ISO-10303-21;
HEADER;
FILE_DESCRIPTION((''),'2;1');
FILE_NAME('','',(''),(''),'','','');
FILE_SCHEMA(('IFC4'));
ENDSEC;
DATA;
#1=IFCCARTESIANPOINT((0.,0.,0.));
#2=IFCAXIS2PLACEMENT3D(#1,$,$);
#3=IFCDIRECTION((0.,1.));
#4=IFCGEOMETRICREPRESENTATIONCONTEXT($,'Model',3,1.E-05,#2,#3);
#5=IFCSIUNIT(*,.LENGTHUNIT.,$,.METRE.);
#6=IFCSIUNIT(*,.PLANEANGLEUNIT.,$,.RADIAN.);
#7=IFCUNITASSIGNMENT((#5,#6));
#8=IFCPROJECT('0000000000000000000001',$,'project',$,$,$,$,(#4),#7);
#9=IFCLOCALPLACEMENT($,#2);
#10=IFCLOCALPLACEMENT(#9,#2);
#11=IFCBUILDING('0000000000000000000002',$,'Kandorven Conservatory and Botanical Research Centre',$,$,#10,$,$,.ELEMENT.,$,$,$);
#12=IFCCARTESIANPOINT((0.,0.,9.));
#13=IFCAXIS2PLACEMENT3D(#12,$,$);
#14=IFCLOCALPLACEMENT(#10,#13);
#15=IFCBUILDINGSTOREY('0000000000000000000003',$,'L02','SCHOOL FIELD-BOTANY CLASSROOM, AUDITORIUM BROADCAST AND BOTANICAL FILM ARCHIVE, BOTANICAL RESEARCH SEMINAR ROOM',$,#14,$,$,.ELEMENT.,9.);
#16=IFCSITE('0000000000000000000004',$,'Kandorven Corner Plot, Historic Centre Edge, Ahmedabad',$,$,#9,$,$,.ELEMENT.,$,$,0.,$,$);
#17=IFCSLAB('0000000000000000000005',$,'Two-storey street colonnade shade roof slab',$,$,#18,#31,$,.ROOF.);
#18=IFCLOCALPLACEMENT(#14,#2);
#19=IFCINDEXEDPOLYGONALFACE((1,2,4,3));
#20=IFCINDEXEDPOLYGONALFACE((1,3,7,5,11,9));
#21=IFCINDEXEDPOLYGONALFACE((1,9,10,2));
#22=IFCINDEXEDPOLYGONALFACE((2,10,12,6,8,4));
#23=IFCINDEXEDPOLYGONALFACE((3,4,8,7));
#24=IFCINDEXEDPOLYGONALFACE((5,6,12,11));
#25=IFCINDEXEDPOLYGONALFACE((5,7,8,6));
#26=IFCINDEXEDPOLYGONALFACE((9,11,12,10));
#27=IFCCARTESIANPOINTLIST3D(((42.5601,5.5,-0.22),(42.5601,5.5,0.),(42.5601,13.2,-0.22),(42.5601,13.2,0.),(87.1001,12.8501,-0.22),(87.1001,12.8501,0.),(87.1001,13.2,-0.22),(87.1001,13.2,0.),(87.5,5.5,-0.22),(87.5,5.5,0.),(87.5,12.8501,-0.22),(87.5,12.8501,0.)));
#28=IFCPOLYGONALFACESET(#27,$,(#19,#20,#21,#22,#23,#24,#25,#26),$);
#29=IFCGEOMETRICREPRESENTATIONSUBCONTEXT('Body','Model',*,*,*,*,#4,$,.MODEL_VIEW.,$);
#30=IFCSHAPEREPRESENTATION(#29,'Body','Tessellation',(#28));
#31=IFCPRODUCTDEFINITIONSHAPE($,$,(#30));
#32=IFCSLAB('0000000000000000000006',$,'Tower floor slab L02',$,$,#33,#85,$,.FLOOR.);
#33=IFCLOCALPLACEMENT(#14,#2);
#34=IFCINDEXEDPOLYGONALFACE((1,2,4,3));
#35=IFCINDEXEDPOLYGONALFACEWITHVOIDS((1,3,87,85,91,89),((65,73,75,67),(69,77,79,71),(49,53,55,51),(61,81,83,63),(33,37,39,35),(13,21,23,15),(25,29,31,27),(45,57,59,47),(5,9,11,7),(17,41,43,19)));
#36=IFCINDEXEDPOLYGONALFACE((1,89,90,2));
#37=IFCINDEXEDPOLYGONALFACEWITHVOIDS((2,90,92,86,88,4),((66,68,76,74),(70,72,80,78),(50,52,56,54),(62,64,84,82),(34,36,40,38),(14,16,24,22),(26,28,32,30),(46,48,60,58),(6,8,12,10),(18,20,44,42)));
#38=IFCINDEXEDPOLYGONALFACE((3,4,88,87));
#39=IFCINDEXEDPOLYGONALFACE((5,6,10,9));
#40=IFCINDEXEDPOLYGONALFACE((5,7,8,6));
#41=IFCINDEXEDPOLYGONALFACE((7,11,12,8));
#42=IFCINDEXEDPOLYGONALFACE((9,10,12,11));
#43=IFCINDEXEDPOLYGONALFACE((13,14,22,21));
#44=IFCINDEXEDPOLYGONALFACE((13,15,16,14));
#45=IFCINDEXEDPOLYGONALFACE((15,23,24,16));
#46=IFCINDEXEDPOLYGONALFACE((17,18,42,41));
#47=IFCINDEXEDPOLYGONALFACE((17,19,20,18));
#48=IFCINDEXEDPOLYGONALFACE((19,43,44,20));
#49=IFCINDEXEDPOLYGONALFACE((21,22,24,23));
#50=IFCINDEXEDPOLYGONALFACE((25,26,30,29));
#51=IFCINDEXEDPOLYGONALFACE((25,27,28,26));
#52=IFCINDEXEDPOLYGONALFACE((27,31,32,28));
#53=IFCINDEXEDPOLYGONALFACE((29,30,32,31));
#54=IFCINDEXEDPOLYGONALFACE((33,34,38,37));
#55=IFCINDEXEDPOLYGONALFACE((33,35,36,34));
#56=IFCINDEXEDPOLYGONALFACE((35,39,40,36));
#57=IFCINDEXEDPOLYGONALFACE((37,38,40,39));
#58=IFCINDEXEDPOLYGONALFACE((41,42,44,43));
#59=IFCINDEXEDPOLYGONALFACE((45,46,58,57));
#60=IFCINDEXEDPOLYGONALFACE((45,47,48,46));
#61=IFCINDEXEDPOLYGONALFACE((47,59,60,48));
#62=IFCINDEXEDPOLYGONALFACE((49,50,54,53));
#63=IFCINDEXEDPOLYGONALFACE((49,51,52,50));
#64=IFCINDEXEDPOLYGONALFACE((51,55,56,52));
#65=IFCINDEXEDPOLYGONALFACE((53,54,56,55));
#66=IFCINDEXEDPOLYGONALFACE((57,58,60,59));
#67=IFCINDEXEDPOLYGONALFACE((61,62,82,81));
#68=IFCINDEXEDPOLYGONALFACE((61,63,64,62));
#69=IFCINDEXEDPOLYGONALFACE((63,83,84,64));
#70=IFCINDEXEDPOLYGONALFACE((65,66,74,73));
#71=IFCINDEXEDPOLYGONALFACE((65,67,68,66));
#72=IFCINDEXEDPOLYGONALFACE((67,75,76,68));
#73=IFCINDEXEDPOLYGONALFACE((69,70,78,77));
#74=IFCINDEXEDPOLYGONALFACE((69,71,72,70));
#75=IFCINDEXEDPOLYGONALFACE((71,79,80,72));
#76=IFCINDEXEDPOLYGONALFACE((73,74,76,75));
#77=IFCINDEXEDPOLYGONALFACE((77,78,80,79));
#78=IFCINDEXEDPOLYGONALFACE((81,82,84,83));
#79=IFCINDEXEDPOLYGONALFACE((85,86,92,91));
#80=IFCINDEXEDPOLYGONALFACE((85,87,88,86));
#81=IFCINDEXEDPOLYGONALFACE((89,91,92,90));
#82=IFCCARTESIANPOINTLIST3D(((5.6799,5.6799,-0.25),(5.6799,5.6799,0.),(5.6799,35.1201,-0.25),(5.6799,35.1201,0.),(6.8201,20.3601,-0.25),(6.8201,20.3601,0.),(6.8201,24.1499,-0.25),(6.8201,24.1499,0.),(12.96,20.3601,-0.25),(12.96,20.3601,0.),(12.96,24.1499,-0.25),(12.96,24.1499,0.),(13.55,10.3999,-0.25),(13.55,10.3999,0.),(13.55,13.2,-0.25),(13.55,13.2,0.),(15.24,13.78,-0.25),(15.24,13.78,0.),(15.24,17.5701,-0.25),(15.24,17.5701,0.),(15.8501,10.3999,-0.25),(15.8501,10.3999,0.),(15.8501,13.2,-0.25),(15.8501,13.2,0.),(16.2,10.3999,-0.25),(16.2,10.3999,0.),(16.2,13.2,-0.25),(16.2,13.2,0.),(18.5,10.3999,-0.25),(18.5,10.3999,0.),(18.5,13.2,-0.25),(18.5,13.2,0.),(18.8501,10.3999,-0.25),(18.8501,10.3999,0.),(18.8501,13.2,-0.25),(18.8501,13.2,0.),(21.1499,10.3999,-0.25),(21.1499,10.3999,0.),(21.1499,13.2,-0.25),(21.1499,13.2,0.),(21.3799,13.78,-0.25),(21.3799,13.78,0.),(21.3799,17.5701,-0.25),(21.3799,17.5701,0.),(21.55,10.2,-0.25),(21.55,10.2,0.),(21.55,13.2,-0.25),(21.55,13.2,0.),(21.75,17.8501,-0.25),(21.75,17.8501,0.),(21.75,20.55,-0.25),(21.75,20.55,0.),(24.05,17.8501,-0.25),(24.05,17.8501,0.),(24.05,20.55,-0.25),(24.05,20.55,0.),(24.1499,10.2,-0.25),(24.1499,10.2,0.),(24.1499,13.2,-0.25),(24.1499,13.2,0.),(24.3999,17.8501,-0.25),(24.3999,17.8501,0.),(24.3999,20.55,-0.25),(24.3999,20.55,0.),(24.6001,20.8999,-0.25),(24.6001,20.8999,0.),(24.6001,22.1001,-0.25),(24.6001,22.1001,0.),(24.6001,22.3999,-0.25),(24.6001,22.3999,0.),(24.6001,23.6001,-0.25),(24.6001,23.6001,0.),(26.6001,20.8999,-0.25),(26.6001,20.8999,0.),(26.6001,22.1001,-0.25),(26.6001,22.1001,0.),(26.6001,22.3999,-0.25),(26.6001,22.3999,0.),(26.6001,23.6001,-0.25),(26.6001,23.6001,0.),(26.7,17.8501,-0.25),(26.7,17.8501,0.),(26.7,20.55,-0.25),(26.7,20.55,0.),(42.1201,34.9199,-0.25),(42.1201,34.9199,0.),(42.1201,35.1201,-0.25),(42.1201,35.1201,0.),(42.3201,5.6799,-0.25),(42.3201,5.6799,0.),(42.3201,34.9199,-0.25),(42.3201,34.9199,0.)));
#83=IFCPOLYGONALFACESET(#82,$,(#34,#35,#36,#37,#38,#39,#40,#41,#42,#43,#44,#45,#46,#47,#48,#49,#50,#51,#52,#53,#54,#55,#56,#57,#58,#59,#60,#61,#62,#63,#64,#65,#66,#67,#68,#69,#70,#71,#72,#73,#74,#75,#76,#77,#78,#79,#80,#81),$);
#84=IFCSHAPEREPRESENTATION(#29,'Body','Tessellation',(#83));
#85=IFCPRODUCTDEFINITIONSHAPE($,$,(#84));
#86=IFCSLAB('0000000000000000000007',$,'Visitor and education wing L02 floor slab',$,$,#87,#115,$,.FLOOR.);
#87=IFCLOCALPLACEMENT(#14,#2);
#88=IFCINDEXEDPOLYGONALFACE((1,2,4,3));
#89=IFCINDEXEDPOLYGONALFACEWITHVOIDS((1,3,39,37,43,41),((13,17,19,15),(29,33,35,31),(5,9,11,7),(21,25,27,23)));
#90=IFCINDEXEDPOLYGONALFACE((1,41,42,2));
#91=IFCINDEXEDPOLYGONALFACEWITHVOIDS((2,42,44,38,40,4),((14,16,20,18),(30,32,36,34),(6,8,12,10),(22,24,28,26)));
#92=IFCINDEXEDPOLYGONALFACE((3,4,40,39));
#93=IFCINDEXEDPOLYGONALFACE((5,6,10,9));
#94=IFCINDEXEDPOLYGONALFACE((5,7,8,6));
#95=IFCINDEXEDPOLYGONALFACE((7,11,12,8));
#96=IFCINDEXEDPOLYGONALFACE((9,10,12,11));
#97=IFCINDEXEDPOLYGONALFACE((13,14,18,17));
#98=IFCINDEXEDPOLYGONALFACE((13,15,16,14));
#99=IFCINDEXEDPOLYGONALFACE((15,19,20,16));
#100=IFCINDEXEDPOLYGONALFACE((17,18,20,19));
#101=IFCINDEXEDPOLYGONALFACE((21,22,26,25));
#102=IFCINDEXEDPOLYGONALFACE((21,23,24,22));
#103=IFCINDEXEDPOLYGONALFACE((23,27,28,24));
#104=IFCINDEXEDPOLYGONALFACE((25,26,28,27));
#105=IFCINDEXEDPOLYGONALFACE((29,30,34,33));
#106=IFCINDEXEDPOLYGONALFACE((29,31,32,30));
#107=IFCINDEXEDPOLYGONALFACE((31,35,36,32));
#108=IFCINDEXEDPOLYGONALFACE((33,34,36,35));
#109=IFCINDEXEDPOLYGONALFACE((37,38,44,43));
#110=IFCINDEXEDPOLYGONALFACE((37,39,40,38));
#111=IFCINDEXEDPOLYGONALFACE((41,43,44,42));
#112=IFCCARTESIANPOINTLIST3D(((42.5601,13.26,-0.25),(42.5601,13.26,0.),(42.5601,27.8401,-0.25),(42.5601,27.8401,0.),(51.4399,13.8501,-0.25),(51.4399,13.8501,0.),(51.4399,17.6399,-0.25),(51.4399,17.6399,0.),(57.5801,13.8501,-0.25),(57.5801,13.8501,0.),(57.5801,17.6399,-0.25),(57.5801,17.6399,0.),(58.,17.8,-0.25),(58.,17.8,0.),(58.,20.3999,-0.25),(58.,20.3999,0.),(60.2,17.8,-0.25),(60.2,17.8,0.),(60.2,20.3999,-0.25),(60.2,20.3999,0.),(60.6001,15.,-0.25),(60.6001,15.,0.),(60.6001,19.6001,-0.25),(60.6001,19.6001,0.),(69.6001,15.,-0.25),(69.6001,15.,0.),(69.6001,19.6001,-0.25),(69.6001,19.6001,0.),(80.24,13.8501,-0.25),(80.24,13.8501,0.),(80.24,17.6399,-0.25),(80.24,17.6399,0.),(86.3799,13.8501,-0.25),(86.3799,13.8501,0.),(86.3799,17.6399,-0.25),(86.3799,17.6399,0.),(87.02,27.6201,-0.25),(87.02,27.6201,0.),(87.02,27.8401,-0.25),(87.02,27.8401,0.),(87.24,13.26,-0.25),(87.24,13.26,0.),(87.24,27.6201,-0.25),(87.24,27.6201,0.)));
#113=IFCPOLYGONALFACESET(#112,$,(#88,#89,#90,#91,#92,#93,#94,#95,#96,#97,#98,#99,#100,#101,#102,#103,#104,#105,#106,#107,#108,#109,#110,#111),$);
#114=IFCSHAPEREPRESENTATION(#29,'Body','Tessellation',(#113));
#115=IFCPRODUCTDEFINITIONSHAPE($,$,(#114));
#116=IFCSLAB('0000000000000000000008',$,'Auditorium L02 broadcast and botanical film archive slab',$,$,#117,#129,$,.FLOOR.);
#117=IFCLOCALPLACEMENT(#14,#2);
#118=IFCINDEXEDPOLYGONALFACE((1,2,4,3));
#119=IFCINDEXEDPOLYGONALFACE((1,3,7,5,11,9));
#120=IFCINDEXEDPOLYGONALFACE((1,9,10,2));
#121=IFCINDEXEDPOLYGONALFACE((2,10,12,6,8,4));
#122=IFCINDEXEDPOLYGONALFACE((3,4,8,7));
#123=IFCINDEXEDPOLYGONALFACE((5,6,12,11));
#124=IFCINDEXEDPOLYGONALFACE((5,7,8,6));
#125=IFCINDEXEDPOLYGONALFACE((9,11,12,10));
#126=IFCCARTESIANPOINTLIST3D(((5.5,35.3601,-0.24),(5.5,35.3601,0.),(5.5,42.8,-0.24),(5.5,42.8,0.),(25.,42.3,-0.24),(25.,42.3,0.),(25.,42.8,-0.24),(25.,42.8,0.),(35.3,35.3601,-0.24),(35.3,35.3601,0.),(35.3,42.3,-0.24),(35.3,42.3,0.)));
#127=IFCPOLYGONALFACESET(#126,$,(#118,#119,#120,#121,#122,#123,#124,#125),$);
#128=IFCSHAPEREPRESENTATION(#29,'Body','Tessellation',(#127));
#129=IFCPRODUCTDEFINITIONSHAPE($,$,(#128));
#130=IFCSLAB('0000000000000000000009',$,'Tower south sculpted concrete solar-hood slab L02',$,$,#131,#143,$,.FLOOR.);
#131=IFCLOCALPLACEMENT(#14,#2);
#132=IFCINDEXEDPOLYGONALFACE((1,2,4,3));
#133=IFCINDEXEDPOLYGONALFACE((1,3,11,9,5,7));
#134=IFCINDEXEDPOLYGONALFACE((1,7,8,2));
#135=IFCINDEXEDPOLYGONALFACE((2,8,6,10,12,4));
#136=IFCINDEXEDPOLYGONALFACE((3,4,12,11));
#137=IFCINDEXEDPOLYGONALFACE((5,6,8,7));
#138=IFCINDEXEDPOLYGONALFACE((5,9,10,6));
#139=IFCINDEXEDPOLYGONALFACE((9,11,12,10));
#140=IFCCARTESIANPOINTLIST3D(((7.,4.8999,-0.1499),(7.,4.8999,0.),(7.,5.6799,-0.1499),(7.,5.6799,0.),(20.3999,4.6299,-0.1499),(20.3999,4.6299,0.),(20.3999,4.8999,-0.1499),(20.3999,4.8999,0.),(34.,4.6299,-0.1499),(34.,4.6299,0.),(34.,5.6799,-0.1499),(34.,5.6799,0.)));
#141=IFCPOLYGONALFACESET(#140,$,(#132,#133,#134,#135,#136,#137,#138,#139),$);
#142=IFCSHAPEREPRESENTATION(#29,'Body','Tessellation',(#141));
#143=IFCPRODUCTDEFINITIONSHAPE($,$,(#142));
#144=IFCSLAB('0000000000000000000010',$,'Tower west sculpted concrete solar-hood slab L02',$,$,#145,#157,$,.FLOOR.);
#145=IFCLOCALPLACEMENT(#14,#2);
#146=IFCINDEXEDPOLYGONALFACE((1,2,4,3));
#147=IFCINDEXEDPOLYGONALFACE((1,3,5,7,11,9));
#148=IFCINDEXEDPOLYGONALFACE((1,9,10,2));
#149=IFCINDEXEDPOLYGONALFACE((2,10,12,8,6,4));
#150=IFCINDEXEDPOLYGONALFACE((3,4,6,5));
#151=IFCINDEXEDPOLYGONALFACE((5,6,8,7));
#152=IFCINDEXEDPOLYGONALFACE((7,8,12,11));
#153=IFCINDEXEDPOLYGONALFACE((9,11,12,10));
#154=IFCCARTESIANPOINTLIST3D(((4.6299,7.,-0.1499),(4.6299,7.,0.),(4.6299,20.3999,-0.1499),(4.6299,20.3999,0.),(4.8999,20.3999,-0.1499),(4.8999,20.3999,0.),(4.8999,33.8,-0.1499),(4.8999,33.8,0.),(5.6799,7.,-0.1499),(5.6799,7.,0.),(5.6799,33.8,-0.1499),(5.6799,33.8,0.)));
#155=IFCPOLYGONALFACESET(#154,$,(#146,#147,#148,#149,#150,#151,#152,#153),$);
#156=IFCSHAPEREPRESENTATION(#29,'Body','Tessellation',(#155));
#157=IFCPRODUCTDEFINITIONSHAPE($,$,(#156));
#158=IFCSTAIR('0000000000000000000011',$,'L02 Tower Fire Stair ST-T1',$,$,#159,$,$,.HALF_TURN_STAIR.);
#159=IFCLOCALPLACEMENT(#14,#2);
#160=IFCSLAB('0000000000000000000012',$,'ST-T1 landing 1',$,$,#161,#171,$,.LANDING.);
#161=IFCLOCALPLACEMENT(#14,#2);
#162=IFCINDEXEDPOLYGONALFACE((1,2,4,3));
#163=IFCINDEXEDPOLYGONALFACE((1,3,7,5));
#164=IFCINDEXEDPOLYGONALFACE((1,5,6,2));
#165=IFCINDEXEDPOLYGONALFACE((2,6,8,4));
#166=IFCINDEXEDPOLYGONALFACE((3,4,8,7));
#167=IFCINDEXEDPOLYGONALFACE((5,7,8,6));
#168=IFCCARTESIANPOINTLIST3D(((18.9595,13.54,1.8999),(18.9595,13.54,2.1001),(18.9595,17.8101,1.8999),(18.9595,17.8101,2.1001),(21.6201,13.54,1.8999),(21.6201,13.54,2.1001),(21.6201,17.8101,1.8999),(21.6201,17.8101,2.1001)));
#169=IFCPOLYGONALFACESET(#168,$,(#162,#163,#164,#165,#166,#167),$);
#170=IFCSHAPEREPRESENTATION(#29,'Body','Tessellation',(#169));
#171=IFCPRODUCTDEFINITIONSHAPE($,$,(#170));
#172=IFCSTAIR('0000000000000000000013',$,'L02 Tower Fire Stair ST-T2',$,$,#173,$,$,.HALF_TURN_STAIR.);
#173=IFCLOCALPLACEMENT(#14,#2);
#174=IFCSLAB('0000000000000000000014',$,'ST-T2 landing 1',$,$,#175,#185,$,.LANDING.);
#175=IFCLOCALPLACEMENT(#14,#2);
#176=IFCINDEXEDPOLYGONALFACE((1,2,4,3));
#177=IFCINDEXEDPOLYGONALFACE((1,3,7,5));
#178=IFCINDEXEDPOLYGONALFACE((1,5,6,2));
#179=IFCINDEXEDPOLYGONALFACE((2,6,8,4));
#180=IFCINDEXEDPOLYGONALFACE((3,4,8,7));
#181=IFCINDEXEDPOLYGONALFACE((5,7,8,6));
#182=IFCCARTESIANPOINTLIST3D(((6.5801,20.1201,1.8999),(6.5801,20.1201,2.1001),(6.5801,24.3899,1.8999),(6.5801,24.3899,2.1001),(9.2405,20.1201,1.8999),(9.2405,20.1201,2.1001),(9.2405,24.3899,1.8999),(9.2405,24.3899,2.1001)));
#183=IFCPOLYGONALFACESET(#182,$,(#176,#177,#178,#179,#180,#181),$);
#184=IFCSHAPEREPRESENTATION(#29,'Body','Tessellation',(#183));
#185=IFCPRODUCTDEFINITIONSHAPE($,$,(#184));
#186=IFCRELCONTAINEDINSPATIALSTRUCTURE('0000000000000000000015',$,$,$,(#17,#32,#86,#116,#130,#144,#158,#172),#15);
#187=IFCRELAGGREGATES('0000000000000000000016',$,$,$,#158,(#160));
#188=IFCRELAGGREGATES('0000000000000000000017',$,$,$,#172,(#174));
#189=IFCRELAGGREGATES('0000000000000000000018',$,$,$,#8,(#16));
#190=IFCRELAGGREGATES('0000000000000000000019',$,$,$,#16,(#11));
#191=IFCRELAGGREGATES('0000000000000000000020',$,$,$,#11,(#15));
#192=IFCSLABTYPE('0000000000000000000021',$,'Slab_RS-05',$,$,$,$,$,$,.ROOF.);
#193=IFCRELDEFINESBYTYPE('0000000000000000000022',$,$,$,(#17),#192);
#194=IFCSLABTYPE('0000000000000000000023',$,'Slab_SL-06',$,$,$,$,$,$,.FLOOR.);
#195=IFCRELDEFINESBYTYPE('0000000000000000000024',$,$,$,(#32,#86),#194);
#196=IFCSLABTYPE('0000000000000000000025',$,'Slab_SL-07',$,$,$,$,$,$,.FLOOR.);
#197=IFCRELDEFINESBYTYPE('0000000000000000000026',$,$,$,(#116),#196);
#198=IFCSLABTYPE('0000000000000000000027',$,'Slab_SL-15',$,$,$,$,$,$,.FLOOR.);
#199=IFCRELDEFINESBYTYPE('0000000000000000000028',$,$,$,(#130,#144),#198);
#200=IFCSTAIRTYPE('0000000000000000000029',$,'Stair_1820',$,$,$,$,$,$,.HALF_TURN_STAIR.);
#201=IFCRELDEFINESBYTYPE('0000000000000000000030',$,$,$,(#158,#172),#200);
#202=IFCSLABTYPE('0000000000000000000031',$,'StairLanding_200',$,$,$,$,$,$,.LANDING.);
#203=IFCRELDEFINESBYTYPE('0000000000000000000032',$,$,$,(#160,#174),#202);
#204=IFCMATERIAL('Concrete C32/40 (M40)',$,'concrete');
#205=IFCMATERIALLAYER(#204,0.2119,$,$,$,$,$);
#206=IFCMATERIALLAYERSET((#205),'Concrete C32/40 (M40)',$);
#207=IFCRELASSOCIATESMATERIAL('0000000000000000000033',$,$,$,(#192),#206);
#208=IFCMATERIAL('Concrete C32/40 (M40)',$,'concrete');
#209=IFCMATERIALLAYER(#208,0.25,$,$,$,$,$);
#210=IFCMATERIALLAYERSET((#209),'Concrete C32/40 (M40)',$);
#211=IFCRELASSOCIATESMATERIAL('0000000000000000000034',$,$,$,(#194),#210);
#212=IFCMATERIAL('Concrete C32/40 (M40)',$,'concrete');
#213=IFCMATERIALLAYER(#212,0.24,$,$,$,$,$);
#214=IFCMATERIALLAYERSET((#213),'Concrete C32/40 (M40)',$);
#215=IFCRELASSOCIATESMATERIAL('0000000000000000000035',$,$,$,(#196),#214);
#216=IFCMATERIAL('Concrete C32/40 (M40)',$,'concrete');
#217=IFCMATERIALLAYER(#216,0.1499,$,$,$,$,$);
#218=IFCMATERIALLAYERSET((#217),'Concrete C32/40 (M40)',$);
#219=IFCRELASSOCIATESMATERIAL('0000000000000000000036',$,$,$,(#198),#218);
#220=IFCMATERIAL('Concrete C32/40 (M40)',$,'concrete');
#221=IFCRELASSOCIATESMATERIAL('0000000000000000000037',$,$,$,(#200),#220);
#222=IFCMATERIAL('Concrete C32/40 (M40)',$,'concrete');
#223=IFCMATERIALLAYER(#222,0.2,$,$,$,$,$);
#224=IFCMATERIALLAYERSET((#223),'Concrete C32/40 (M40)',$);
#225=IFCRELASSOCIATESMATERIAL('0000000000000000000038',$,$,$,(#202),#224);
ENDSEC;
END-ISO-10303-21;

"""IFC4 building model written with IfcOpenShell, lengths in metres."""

from ifc_helpers import new_model, si_unit, direction, frame, origin, place, context, subcontext, project, spatial, polyline, outline, extrude, material, layer, layer_set, type_object, element, aggregate, save


model = new_model("IFC4")

# Units and contexts
model_context = context("Model", 3, precision=1e-05, world=origin(), true_north=direction((0.0, 1.0)))
body_context = subcontext(model_context, "Body", "Model", "MODEL_VIEW")
ifc_project = project(units=[si_unit("LENGTHUNIT", "METRE"), si_unit("PLANEANGLEUNIT", "RADIAN")], contexts=[model_context])

# Site, building, storey
site_placement = place(None, origin())
site = spatial("IfcSite", under=ifc_project, at=site_placement, Name="Kandorven Corner Plot, Historic Centre Edge, Ahmedabad", CompositionType="ELEMENT", RefElevation=0.0)
building_placement = place(site_placement, origin())
building = spatial("IfcBuilding", under=site, at=building_placement, Name="Kandorven Conservatory and Botanical Research Centre", CompositionType="ELEMENT")
storey_placement = place(building_placement, frame((0.0, 0.0, 9.0)))
storey = spatial("IfcBuildingStorey", under=building, at=storey_placement, Name="L02", Description="SCHOOL FIELD-BOTANY CLASSROOM, AUDITORIUM BROADCAST AND BOTANICAL FILM ARCHIVE, BOTANICAL RESEARCH SEMINAR ROOM", CompositionType="ELEMENT", Elevation=9.0)

# Slabs
ifc_material_1 = material(Name="Concrete C32/40 (M40)", Category="concrete")
ifc_layer_1 = layer(ifc_material_1, 0.2119)
ifc_layer_set_1 = layer_set([ifc_layer_1], Name="Concrete C32/40 (M40)")
slab_type_1 = type_object("IfcSlabType", Name="Slab_RS-05", PredefinedType="ROOF", material=ifc_layer_set_1)
slab_1_placement = place(storey_placement, frame((0.0, 0.0, -0.22)))
element("IfcSlab", 1, at=slab_1_placement, inside=storey, type_object=slab_type_1, Name="Two-storey street colonnade shade roof slab", PredefinedType="ROOF", context=body_context, shape_type="SweptSolid", body=[
    extrude(outline(polyline([(42.5601, 5.5), (87.5, 5.5), (87.5, 12.8501), (87.1001, 12.8501), (87.1001, 13.2), (42.5601, 13.2), (42.5601, 5.5)])), origin(), (0.0, 0.0, 1.0), 0.22),
])
ifc_material_2 = material(Name="Concrete C32/40 (M40)", Category="concrete")
ifc_layer_2 = layer(ifc_material_2, 0.25)
ifc_layer_set_2 = layer_set([ifc_layer_2], Name="Concrete C32/40 (M40)")
slab_type_2 = type_object("IfcSlabType", Name="Slab_SL-06", PredefinedType="FLOOR", material=ifc_layer_set_2)
slab_2_placement = place(storey_placement, frame((0.0, 0.0, -0.25)))
element("IfcSlab", 2, at=slab_2_placement, inside=storey, type_object=slab_type_2, Name="Tower floor slab L02", PredefinedType="FLOOR", context=body_context, shape_type="SweptSolid", body=[
    extrude(outline(polyline([(5.6799, 5.6799), (42.3201, 5.6799), (42.3201, 34.9199), (42.1201, 34.9199), (42.1201, 35.1201), (5.6799, 35.1201), (5.6799, 5.6799)]), holes=[polyline([(15.24, 13.78), (21.3799, 13.78), (21.3799, 17.5701), (15.24, 17.5701), (15.24, 13.78)]), polyline([(12.96, 24.1499), (6.8201, 24.1499), (6.8201, 20.3601), (12.96, 20.3601), (12.96, 24.1499)]), polyline([(21.75, 17.8501), (24.05, 17.8501), (24.05, 20.55), (21.75, 20.55), (21.75, 17.8501)]), polyline([(24.3999, 17.8501), (26.7, 17.8501), (26.7, 20.55), (24.3999, 20.55), (24.3999, 17.8501)]), polyline([(13.55, 10.3999), (15.8501, 10.3999), (15.8501, 13.2), (13.55, 13.2), (13.55, 10.3999)]), polyline([(16.2, 10.3999), (18.5, 10.3999), (18.5, 13.2), (16.2, 13.2), (16.2, 10.3999)]), polyline([(18.8501, 10.3999), (21.1499, 10.3999), (21.1499, 13.2), (18.8501, 13.2), (18.8501, 10.3999)]), polyline([(21.55, 10.2), (24.1499, 10.2), (24.1499, 13.2), (21.55, 13.2), (21.55, 10.2)]), polyline([(24.6001, 20.8999), (26.6001, 20.8999), (26.6001, 22.1001), (24.6001, 22.1001), (24.6001, 20.8999)]), polyline([(24.6001, 22.3999), (26.6001, 22.3999), (26.6001, 23.6001), (24.6001, 23.6001), (24.6001, 22.3999)])]), origin(), (0.0, 0.0, 1.0), 0.25),
])
slab_3_placement = place(storey_placement, frame((0.0, 0.0, -0.25)))
element("IfcSlab", 3, at=slab_3_placement, inside=storey, type_object=slab_type_2, Name="Visitor and education wing L02 floor slab", PredefinedType="FLOOR", context=body_context, shape_type="SweptSolid", body=[
    extrude(outline(polyline([(42.5601, 13.26), (87.24, 13.26), (87.24, 27.6201), (87.02, 27.6201), (87.02, 27.8401), (42.5601, 27.8401), (42.5601, 13.26)]), holes=[polyline([(51.4399, 13.8501), (57.5801, 13.8501), (57.5801, 17.6399), (51.4399, 17.6399), (51.4399, 13.8501)]), polyline([(80.24, 13.8501), (86.3799, 13.8501), (86.3799, 17.6399), (80.24, 17.6399), (80.24, 13.8501)]), polyline([(58.0, 17.8), (60.2, 17.8), (60.2, 20.3999), (58.0, 20.3999), (58.0, 17.8)]), polyline([(60.6001, 15.0), (69.6001, 15.0), (69.6001, 19.6001), (60.6001, 19.6001), (60.6001, 15.0)])]), origin(), (0.0, 0.0, 1.0), 0.25),
])
ifc_material_3 = material(Name="Concrete C32/40 (M40)", Category="concrete")
ifc_layer_3 = layer(ifc_material_3, 0.24)
ifc_layer_set_3 = layer_set([ifc_layer_3], Name="Concrete C32/40 (M40)")
slab_type_3 = type_object("IfcSlabType", Name="Slab_SL-07", PredefinedType="FLOOR", material=ifc_layer_set_3)
slab_4_placement = place(storey_placement, frame((0.0, 0.0, -0.24)))
element("IfcSlab", 4, at=slab_4_placement, inside=storey, type_object=slab_type_3, Name="Auditorium L02 broadcast and botanical film archive slab", PredefinedType="FLOOR", context=body_context, shape_type="SweptSolid", body=[
    extrude(outline(polyline([(5.5, 35.3601), (35.3, 35.3601), (35.3, 42.3), (25.0, 42.3), (25.0, 42.8), (5.5, 42.8), (5.5, 35.3601)])), origin(), (0.0, 0.0, 1.0), 0.24),
])
ifc_material_4 = material(Name="Concrete C32/40 (M40)", Category="concrete")
ifc_layer_4 = layer(ifc_material_4, 0.1499)
ifc_layer_set_4 = layer_set([ifc_layer_4], Name="Concrete C32/40 (M40)")
slab_type_4 = type_object("IfcSlabType", Name="Slab_SL-15", PredefinedType="FLOOR", material=ifc_layer_set_4)
slab_5_placement = place(storey_placement, frame((0.0, 0.0, -0.1499)))
element("IfcSlab", 5, at=slab_5_placement, inside=storey, type_object=slab_type_4, Name="Tower south sculpted concrete solar-hood slab L02", PredefinedType="FLOOR", context=body_context, shape_type="SweptSolid", body=[
    extrude(outline(polyline([(7.0, 5.6799), (34.0, 5.6799), (34.0, 4.6299), (20.3999, 4.6299), (20.3999, 4.8999), (7.0, 4.8999), (7.0, 5.6799)])), origin(), (0.0, 0.0, 1.0), 0.1499),
])
slab_6_placement = place(storey_placement, frame((0.0, 0.0, -0.1499)))
element("IfcSlab", 6, at=slab_6_placement, inside=storey, type_object=slab_type_4, Name="Tower west sculpted concrete solar-hood slab L02", PredefinedType="FLOOR", context=body_context, shape_type="SweptSolid", body=[
    extrude(outline(polyline([(4.6299, 7.0), (5.6799, 7.0), (5.6799, 33.8), (4.8999, 33.8), (4.8999, 20.3999), (4.6299, 20.3999), (4.6299, 7.0)])), origin(), (0.0, 0.0, 1.0), 0.1499),
])

# Stairs, slabs
ifc_material_5 = material(Name="Concrete C32/40 (M40)", Category="concrete")
stair_type = type_object("IfcStairType", Name="Stair_1820", PredefinedType="HALF_TURN_STAIR", material=ifc_material_5)
stair_1_placement = place(storey_placement, origin())
stair_1 = element("IfcStair", 7, at=stair_1_placement, inside=storey, type_object=stair_type, Name="L02 Tower Fire Stair ST-T1", PredefinedType="HALF_TURN_STAIR")
ifc_material_6 = material(Name="Concrete C32/40 (M40)", Category="concrete")
ifc_layer_5 = layer(ifc_material_6, 0.2)
ifc_layer_set_5 = layer_set([ifc_layer_5], Name="Concrete C32/40 (M40)")
slab_type_5 = type_object("IfcSlabType", Name="StairLanding_200", PredefinedType="LANDING", material=ifc_layer_set_5)
slab_7_placement = place(storey_placement, frame((0.0, 0.0, 1.8999)))
slab_7 = element("IfcSlab", 8, at=slab_7_placement, type_object=slab_type_5, Name="ST-T1 landing 1", PredefinedType="LANDING", context=body_context, shape_type="SweptSolid", body=[
    extrude(outline(polyline([(18.9595, 13.54), (21.6201, 13.54), (21.6201, 17.8101), (18.9595, 17.8101), (18.9595, 13.54)])), origin(), (0.0, 0.0, 1.0), 0.2002),
])
aggregate(stair_1, [slab_7])
stair_2_placement = place(storey_placement, origin())
stair_2 = element("IfcStair", 9, at=stair_2_placement, inside=storey, type_object=stair_type, Name="L02 Tower Fire Stair ST-T2", PredefinedType="HALF_TURN_STAIR")
slab_8_placement = place(storey_placement, frame((0.0, 0.0, 1.8999)))
slab_8 = element("IfcSlab", 10, at=slab_8_placement, type_object=slab_type_5, Name="ST-T2 landing 1", PredefinedType="LANDING", context=body_context, shape_type="SweptSolid", body=[
    extrude(outline(polyline([(9.2405, 24.3899), (6.5801, 24.3899), (6.5801, 20.1201), (9.2405, 20.1201), (9.2405, 24.3899)])), origin(), (0.0, 0.0, 1.0), 0.2002),
])
aggregate(stair_2, [slab_8])

save(model, "model.ifc")
